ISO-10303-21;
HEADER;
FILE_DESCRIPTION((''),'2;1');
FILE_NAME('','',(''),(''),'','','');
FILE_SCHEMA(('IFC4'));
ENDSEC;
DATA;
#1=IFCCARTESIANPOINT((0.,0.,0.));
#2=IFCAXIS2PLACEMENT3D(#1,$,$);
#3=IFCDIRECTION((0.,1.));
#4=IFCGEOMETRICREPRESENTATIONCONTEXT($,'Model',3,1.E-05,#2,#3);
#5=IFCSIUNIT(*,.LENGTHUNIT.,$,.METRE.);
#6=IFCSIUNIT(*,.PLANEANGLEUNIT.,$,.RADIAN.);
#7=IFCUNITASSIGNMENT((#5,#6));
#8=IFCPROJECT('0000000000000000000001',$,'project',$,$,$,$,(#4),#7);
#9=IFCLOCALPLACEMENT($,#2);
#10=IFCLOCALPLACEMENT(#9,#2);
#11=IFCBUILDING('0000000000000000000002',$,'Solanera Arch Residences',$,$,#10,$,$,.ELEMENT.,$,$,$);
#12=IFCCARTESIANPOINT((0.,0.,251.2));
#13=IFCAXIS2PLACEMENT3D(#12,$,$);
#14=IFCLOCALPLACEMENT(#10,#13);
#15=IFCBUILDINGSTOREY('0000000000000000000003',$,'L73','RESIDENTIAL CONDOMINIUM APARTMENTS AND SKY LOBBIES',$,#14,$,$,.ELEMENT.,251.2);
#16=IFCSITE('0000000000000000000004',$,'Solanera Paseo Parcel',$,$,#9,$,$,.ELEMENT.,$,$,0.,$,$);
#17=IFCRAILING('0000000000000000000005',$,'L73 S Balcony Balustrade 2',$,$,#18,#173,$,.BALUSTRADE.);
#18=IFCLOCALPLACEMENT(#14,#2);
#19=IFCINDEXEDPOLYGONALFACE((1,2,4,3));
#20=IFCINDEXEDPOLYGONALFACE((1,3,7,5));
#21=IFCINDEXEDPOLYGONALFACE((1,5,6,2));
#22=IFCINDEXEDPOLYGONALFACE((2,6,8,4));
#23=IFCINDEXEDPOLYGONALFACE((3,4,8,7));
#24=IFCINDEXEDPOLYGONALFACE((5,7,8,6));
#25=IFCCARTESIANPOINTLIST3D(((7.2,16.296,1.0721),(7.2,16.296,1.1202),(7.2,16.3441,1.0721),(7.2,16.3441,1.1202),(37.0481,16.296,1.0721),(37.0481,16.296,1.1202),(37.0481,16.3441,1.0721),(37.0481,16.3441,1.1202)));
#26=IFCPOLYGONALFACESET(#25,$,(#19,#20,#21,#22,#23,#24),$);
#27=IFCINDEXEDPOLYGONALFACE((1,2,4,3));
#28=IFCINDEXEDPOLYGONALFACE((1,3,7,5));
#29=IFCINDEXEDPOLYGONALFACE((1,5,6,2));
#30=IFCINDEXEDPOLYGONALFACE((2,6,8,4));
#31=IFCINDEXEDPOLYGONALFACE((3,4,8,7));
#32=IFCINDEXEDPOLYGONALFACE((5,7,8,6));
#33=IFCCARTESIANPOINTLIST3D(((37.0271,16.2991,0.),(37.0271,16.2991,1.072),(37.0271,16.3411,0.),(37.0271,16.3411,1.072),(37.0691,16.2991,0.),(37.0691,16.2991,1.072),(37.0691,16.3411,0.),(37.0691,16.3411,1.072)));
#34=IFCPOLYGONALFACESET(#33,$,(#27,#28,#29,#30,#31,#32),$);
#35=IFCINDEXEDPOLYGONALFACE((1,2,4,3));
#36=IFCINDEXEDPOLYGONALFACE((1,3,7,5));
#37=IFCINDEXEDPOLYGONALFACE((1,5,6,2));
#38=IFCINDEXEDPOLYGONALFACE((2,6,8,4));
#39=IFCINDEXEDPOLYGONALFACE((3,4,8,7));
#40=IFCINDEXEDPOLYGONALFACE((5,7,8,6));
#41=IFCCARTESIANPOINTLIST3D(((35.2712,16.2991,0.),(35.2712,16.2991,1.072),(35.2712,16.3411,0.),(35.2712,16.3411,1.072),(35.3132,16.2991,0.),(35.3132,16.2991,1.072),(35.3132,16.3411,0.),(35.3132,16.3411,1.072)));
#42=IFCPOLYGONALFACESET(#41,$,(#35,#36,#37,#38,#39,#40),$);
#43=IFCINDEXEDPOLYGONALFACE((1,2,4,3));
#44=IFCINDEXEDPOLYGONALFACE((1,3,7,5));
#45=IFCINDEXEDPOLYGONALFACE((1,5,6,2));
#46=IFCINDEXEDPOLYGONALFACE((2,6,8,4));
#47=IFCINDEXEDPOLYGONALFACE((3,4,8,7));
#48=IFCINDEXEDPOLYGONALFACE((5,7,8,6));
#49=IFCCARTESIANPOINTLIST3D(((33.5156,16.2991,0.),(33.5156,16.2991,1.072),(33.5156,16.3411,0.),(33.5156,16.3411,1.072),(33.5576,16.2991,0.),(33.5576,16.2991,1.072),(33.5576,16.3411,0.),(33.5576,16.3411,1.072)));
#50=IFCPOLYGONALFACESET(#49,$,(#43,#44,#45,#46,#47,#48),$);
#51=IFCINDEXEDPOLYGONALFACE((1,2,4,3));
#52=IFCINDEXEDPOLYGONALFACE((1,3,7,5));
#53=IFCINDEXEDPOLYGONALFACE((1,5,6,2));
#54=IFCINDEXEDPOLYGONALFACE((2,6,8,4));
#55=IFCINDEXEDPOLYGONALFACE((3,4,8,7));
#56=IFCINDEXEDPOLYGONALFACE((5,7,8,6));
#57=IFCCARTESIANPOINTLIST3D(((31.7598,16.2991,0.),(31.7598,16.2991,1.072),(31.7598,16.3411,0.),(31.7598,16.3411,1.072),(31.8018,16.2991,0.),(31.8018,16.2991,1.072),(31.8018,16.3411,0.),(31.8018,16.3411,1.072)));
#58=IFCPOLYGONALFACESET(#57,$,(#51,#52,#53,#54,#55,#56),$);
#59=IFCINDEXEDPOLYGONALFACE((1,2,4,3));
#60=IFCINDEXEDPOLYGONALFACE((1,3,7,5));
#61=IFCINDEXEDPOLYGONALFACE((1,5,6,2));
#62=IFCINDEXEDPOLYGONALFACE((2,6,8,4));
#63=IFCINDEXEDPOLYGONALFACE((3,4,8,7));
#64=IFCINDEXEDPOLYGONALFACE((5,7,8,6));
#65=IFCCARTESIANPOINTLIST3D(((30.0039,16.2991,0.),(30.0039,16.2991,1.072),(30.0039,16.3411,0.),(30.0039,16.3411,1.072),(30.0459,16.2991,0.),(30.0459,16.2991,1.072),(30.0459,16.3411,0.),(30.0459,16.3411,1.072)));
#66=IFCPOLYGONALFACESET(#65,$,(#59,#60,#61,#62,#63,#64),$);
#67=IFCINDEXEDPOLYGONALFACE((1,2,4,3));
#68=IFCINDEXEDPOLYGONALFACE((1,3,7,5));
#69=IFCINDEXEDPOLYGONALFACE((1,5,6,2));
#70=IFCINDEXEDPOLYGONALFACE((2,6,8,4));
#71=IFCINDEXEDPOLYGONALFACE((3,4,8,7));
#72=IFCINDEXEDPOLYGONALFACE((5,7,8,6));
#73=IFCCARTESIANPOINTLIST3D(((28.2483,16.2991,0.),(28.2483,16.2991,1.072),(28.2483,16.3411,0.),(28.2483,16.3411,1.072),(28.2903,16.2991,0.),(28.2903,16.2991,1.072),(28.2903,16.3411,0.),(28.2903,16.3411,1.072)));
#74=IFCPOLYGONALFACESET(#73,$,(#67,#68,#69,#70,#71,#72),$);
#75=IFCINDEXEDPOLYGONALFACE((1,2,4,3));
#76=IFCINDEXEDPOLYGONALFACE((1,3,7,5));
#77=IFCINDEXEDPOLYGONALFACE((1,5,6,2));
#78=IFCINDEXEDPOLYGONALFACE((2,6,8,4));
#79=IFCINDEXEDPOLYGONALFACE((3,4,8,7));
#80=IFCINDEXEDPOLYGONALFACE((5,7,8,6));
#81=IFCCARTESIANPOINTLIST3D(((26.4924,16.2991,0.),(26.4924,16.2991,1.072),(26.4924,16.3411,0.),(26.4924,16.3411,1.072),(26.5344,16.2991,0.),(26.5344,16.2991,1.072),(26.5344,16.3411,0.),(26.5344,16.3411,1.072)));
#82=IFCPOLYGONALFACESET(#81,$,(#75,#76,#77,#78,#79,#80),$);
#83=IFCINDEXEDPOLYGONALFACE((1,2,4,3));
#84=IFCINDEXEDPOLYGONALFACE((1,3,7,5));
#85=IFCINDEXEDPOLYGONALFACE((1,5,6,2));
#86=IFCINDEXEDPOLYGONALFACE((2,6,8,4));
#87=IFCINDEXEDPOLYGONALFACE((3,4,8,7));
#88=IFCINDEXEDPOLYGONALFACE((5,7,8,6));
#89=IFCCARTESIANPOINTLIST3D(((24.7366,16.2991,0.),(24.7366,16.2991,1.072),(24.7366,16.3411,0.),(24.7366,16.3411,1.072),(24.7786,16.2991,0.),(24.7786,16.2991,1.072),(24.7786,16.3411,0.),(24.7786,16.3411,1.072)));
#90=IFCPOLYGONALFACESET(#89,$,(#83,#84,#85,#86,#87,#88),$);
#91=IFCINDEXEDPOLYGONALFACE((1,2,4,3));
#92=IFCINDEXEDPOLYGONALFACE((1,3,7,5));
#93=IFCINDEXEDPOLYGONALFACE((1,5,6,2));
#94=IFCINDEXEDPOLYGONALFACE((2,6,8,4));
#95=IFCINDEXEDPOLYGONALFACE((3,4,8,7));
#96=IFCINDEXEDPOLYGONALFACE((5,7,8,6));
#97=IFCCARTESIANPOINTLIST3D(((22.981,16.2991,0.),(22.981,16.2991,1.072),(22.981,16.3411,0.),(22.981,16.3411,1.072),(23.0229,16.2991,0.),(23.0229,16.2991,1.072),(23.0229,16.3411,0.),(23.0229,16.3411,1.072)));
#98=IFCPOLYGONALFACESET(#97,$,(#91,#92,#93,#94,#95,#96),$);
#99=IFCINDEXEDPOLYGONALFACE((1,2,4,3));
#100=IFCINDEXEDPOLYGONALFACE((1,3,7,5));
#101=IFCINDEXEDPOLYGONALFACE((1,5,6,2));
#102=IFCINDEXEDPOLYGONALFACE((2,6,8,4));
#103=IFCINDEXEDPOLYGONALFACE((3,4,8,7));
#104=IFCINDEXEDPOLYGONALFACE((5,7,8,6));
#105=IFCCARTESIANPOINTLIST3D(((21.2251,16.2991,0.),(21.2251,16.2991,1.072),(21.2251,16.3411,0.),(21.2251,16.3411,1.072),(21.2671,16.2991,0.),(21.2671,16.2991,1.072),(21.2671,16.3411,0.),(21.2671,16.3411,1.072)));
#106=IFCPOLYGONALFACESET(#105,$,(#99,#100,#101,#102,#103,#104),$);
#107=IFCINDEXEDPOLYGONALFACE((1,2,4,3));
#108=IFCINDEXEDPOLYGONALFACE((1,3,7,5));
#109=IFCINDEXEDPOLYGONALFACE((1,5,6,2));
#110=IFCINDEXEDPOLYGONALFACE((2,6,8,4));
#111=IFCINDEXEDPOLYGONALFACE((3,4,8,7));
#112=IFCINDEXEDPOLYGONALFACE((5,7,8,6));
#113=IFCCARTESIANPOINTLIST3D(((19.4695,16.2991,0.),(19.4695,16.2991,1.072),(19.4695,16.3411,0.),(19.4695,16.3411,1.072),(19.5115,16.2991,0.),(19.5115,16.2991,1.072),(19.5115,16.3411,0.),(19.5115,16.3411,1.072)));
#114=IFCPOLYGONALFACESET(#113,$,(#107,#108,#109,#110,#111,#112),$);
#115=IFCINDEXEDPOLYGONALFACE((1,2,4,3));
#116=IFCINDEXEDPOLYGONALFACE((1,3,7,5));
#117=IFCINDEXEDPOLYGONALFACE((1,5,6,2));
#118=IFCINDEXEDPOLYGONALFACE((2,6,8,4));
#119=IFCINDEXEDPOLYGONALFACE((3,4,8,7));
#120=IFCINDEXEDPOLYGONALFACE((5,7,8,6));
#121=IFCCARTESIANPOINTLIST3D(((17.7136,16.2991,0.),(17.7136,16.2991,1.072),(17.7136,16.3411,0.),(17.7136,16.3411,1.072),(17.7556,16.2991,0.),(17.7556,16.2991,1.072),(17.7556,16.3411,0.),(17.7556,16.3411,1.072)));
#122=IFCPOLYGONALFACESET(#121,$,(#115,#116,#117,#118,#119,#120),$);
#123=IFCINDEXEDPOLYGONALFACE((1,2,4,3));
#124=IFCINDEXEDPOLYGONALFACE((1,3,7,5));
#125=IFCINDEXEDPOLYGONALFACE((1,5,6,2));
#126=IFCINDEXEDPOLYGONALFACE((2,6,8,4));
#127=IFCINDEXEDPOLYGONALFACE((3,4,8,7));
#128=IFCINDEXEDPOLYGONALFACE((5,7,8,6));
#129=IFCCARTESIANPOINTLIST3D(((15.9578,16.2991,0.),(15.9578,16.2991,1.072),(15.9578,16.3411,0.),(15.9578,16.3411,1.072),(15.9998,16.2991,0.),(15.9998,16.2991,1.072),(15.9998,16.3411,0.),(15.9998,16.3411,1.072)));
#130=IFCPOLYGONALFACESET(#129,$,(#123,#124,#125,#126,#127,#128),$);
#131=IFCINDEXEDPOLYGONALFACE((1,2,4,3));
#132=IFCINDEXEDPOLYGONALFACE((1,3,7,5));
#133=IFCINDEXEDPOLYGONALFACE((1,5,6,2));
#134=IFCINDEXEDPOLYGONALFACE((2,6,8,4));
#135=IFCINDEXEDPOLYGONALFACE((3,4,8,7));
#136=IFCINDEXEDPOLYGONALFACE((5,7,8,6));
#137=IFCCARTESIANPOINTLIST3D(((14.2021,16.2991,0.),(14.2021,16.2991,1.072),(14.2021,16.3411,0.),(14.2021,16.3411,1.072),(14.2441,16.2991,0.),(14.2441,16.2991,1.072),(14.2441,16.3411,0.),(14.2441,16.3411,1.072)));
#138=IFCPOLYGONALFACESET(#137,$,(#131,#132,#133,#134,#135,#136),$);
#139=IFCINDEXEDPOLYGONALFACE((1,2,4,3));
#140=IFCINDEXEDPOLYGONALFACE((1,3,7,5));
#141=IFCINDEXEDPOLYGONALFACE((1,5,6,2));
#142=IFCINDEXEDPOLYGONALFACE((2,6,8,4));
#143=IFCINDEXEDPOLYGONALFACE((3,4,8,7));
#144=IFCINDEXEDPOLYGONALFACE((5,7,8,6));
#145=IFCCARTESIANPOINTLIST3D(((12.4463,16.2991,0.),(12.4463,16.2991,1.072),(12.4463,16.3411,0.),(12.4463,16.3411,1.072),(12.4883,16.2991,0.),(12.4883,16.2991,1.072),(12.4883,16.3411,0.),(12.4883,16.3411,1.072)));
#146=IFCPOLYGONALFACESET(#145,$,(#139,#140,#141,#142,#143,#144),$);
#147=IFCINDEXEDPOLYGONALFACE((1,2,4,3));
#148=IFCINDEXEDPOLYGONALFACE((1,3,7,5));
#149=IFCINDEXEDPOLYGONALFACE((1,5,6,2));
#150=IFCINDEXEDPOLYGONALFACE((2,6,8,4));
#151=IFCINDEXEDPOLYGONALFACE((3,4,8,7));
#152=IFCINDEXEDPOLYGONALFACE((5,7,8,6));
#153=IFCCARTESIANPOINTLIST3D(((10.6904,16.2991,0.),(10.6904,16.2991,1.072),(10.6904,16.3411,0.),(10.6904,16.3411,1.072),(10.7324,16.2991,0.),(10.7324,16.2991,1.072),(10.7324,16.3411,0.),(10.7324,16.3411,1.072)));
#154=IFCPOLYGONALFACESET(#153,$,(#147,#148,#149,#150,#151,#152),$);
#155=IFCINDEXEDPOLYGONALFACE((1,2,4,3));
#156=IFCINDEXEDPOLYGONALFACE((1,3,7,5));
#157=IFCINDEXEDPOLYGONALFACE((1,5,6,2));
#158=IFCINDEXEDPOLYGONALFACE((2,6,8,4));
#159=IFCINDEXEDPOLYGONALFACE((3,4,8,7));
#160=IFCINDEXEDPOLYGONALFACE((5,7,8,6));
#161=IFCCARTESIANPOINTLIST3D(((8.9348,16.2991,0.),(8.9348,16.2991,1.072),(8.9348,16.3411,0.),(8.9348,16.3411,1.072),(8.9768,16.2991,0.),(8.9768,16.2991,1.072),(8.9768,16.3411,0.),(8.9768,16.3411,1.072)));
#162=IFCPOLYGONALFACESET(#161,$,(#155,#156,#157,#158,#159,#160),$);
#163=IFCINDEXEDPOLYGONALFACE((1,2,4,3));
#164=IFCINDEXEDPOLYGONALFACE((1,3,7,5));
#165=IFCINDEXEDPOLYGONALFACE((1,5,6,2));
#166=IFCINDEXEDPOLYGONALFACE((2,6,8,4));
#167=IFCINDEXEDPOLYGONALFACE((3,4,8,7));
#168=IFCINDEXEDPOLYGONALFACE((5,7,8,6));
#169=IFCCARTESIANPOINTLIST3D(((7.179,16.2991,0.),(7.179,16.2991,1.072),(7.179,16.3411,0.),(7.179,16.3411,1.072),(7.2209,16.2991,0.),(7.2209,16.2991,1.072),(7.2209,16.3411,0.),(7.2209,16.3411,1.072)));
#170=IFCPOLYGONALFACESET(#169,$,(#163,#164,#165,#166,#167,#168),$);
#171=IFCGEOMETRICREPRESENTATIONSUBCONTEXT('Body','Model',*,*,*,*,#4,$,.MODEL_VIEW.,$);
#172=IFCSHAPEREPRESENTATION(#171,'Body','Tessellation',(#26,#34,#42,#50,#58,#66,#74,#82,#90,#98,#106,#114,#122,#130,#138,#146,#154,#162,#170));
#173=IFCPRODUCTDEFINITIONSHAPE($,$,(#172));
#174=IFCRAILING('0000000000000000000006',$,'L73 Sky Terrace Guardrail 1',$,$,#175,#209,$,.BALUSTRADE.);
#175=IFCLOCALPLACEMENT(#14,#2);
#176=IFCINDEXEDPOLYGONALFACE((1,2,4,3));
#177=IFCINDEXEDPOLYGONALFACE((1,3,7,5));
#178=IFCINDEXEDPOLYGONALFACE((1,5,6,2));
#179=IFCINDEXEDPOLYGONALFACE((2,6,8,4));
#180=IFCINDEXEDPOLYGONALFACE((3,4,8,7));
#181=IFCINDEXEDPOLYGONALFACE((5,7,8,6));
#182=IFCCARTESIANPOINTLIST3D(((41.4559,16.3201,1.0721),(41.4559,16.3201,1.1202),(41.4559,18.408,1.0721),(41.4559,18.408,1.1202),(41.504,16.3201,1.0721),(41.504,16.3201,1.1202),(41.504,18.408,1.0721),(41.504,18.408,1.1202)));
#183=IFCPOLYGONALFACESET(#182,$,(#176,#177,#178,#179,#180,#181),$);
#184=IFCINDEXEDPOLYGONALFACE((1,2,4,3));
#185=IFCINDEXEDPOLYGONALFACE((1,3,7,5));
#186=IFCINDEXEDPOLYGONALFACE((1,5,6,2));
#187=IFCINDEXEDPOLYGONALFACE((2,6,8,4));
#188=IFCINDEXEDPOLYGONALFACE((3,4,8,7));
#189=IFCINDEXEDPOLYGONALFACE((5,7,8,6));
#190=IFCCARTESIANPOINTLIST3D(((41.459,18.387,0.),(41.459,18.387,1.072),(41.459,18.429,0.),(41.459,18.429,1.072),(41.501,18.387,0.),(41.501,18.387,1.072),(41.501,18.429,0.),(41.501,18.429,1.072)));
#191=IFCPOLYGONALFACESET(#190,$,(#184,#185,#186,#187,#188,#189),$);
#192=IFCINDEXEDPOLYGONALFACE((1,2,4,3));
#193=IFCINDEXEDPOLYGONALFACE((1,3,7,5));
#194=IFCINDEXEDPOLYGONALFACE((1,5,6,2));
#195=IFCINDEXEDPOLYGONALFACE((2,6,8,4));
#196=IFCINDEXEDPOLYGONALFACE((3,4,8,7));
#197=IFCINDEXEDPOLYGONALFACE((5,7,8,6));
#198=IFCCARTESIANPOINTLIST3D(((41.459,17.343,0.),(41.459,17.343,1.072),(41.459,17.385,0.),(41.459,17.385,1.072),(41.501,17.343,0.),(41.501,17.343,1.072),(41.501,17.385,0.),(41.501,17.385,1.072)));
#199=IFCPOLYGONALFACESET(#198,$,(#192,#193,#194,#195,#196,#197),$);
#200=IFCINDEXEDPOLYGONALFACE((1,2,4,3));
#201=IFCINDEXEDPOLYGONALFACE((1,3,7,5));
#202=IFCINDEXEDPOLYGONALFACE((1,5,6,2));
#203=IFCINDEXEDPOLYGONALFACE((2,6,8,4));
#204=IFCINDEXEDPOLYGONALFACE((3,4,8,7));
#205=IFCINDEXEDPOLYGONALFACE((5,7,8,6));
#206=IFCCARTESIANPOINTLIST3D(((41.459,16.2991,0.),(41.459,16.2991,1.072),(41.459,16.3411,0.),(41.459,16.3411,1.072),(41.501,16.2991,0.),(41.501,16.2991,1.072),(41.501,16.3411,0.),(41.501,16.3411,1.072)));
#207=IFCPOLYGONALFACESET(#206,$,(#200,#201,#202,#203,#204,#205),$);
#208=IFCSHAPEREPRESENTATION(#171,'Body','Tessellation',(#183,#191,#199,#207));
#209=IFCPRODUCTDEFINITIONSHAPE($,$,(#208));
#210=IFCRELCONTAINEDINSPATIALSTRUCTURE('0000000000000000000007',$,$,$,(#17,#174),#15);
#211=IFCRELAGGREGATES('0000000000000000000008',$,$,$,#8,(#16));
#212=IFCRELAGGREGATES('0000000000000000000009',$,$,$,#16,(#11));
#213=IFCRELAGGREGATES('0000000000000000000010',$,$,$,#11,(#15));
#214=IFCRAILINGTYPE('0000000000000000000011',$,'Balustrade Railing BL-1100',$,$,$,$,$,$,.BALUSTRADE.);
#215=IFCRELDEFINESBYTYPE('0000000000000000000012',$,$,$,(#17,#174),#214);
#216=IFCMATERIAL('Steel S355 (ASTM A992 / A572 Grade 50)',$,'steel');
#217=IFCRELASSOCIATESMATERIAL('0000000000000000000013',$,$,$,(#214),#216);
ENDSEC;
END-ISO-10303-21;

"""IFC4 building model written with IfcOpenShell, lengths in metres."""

from ifc_helpers import new_model, si_unit, direction, frame, origin, origin_2d, place, context, subcontext, project, spatial, rectangle, extrude, material, type_object, element, save


model = new_model("IFC4")

# Units and contexts
model_context = context("Model", 3, precision=1e-05, world=origin(), true_north=direction((0.0, 1.0)))
body_context = subcontext(model_context, "Body", "Model", "MODEL_VIEW")
ifc_project = project(units=[si_unit("LENGTHUNIT", "METRE"), si_unit("PLANEANGLEUNIT", "RADIAN")], contexts=[model_context])

# Site, building, storey
site_placement = place(None, origin())
site = spatial("IfcSite", under=ifc_project, at=site_placement, Name="Solanera Paseo Parcel", CompositionType="ELEMENT", RefElevation=0.0)
building_placement = place(site_placement, origin())
building = spatial("IfcBuilding", under=site, at=building_placement, Name="Solanera Arch Residences", CompositionType="ELEMENT")
storey_placement = place(building_placement, frame((0.0, 0.0, 251.2)))
storey = spatial("IfcBuildingStorey", under=building, at=storey_placement, Name="L73", Description="RESIDENTIAL CONDOMINIUM APARTMENTS AND SKY LOBBIES", CompositionType="ELEMENT", Elevation=251.2)

# Railings
ifc_material_1 = material(Name="Steel S355 (ASTM A992 / A572 Grade 50)", Category="steel")
railing_type = type_object("IfcRailingType", Name="Balustrade Railing BL-1100", PredefinedType="BALUSTRADE", material=ifc_material_1)
railing_1_placement = place(storey_placement, frame((37.0481, 16.3201, 0.0)))
element("IfcRailing", 1, at=railing_1_placement, inside=storey, type_object=railing_type, Name="L73 S Balcony Balustrade 2", PredefinedType="BALUSTRADE", context=body_context, shape_type="SweptSolid", body=[
    extrude(rectangle(XDim=0.0481, YDim=0.0481, at=origin_2d()), frame((0.0, 0.0, 1.0962), z_axis=(-1.0, 0.0, 0.0), x_axis=(0.0, -1.0, 0.0)), (0.0, 0.0, 1.0), 29.8481),
    extrude(rectangle(XDim=0.042, YDim=0.042, at=origin_2d()), origin(), (0.0, 0.0, 1.0), 1.072),
    extrude(rectangle(XDim=0.042, YDim=0.042, at=origin_2d()), frame((-1.7559, 0.0, 0.0)), (0.0, 0.0, 1.0), 1.072),
    extrude(rectangle(XDim=0.042, YDim=0.042, at=origin_2d()), frame((-3.5115, 0.0, 0.0)), (0.0, 0.0, 1.0), 1.072),
    extrude(rectangle(XDim=0.042, YDim=0.042, at=origin_2d()), frame((-5.2673, 0.0, 0.0)), (0.0, 0.0, 1.0), 1.072),
    extrude(rectangle(XDim=0.042, YDim=0.042, at=origin_2d()), frame((-7.0232, 0.0, 0.0)), (0.0, 0.0, 1.0), 1.072),
    extrude(rectangle(XDim=0.042, YDim=0.042, at=origin_2d()), frame((-8.7788, 0.0, 0.0)), (0.0, 0.0, 1.0), 1.072),
    extrude(rectangle(XDim=0.042, YDim=0.042, at=origin_2d()), frame((-10.5347, 0.0, 0.0)), (0.0, 0.0, 1.0), 1.072),
    extrude(rectangle(XDim=0.042, YDim=0.042, at=origin_2d()), frame((-12.2905, 0.0, 0.0)), (0.0, 0.0, 1.0), 1.072),
    extrude(rectangle(XDim=0.042, YDim=0.042, at=origin_2d()), frame((-14.0461, 0.0, 0.0)), (0.0, 0.0, 1.0), 1.072),
    extrude(rectangle(XDim=0.042, YDim=0.042, at=origin_2d()), frame((-15.802, 0.0, 0.0)), (0.0, 0.0, 1.0), 1.072),
    extrude(rectangle(XDim=0.042, YDim=0.042, at=origin_2d()), frame((-17.5576, 0.0, 0.0)), (0.0, 0.0, 1.0), 1.072),
    extrude(rectangle(XDim=0.042, YDim=0.042, at=origin_2d()), frame((-19.3135, 0.0, 0.0)), (0.0, 0.0, 1.0), 1.072),
    extrude(rectangle(XDim=0.042, YDim=0.042, at=origin_2d()), frame((-21.0693, 0.0, 0.0)), (0.0, 0.0, 1.0), 1.072),
    extrude(rectangle(XDim=0.042, YDim=0.042, at=origin_2d()), frame((-22.825, 0.0, 0.0)), (0.0, 0.0, 1.0), 1.072),
    extrude(rectangle(XDim=0.042, YDim=0.042, at=origin_2d()), frame((-24.5808, 0.0, 0.0)), (0.0, 0.0, 1.0), 1.072),
    extrude(rectangle(XDim=0.042, YDim=0.042, at=origin_2d()), frame((-26.3367, 0.0, 0.0)), (0.0, 0.0, 1.0), 1.072),
    extrude(rectangle(XDim=0.042, YDim=0.042, at=origin_2d()), frame((-28.0923, 0.0, 0.0)), (0.0, 0.0, 1.0), 1.072),
    extrude(rectangle(XDim=0.042, YDim=0.042, at=origin_2d()), frame((-29.8481, 0.0, 0.0)), (0.0, 0.0, 1.0), 1.072),
])
railing_2_placement = place(storey_placement, frame((41.48, 18.408, 0.0)))
element("IfcRailing", 2, at=railing_2_placement, inside=storey, type_object=railing_type, Name="L73 Sky Terrace Guardrail 1", PredefinedType="BALUSTRADE", context=body_context, shape_type="SweptSolid", body=[
    extrude(rectangle(XDim=0.0481, YDim=0.0481, at=origin_2d()), frame((0.0, 0.0, 1.0962), z_axis=(0.0, -1.0, 0.0), x_axis=(1.0, 0.0, 0.0)), (0.0, 0.0, 1.0), 2.0879),
    extrude(rectangle(XDim=0.042, YDim=0.042, at=origin_2d()), origin(), (0.0, 0.0, 1.0), 1.072),
    extrude(rectangle(XDim=0.042, YDim=0.042, at=origin_2d()), frame((0.0, -1.0439, 0.0)), (0.0, 0.0, 1.0), 1.072),
    extrude(rectangle(XDim=0.042, YDim=0.042, at=origin_2d()), frame((0.0, -2.0879, 0.0)), (0.0, 0.0, 1.0), 1.072),
])

save(model, "model.ifc")
